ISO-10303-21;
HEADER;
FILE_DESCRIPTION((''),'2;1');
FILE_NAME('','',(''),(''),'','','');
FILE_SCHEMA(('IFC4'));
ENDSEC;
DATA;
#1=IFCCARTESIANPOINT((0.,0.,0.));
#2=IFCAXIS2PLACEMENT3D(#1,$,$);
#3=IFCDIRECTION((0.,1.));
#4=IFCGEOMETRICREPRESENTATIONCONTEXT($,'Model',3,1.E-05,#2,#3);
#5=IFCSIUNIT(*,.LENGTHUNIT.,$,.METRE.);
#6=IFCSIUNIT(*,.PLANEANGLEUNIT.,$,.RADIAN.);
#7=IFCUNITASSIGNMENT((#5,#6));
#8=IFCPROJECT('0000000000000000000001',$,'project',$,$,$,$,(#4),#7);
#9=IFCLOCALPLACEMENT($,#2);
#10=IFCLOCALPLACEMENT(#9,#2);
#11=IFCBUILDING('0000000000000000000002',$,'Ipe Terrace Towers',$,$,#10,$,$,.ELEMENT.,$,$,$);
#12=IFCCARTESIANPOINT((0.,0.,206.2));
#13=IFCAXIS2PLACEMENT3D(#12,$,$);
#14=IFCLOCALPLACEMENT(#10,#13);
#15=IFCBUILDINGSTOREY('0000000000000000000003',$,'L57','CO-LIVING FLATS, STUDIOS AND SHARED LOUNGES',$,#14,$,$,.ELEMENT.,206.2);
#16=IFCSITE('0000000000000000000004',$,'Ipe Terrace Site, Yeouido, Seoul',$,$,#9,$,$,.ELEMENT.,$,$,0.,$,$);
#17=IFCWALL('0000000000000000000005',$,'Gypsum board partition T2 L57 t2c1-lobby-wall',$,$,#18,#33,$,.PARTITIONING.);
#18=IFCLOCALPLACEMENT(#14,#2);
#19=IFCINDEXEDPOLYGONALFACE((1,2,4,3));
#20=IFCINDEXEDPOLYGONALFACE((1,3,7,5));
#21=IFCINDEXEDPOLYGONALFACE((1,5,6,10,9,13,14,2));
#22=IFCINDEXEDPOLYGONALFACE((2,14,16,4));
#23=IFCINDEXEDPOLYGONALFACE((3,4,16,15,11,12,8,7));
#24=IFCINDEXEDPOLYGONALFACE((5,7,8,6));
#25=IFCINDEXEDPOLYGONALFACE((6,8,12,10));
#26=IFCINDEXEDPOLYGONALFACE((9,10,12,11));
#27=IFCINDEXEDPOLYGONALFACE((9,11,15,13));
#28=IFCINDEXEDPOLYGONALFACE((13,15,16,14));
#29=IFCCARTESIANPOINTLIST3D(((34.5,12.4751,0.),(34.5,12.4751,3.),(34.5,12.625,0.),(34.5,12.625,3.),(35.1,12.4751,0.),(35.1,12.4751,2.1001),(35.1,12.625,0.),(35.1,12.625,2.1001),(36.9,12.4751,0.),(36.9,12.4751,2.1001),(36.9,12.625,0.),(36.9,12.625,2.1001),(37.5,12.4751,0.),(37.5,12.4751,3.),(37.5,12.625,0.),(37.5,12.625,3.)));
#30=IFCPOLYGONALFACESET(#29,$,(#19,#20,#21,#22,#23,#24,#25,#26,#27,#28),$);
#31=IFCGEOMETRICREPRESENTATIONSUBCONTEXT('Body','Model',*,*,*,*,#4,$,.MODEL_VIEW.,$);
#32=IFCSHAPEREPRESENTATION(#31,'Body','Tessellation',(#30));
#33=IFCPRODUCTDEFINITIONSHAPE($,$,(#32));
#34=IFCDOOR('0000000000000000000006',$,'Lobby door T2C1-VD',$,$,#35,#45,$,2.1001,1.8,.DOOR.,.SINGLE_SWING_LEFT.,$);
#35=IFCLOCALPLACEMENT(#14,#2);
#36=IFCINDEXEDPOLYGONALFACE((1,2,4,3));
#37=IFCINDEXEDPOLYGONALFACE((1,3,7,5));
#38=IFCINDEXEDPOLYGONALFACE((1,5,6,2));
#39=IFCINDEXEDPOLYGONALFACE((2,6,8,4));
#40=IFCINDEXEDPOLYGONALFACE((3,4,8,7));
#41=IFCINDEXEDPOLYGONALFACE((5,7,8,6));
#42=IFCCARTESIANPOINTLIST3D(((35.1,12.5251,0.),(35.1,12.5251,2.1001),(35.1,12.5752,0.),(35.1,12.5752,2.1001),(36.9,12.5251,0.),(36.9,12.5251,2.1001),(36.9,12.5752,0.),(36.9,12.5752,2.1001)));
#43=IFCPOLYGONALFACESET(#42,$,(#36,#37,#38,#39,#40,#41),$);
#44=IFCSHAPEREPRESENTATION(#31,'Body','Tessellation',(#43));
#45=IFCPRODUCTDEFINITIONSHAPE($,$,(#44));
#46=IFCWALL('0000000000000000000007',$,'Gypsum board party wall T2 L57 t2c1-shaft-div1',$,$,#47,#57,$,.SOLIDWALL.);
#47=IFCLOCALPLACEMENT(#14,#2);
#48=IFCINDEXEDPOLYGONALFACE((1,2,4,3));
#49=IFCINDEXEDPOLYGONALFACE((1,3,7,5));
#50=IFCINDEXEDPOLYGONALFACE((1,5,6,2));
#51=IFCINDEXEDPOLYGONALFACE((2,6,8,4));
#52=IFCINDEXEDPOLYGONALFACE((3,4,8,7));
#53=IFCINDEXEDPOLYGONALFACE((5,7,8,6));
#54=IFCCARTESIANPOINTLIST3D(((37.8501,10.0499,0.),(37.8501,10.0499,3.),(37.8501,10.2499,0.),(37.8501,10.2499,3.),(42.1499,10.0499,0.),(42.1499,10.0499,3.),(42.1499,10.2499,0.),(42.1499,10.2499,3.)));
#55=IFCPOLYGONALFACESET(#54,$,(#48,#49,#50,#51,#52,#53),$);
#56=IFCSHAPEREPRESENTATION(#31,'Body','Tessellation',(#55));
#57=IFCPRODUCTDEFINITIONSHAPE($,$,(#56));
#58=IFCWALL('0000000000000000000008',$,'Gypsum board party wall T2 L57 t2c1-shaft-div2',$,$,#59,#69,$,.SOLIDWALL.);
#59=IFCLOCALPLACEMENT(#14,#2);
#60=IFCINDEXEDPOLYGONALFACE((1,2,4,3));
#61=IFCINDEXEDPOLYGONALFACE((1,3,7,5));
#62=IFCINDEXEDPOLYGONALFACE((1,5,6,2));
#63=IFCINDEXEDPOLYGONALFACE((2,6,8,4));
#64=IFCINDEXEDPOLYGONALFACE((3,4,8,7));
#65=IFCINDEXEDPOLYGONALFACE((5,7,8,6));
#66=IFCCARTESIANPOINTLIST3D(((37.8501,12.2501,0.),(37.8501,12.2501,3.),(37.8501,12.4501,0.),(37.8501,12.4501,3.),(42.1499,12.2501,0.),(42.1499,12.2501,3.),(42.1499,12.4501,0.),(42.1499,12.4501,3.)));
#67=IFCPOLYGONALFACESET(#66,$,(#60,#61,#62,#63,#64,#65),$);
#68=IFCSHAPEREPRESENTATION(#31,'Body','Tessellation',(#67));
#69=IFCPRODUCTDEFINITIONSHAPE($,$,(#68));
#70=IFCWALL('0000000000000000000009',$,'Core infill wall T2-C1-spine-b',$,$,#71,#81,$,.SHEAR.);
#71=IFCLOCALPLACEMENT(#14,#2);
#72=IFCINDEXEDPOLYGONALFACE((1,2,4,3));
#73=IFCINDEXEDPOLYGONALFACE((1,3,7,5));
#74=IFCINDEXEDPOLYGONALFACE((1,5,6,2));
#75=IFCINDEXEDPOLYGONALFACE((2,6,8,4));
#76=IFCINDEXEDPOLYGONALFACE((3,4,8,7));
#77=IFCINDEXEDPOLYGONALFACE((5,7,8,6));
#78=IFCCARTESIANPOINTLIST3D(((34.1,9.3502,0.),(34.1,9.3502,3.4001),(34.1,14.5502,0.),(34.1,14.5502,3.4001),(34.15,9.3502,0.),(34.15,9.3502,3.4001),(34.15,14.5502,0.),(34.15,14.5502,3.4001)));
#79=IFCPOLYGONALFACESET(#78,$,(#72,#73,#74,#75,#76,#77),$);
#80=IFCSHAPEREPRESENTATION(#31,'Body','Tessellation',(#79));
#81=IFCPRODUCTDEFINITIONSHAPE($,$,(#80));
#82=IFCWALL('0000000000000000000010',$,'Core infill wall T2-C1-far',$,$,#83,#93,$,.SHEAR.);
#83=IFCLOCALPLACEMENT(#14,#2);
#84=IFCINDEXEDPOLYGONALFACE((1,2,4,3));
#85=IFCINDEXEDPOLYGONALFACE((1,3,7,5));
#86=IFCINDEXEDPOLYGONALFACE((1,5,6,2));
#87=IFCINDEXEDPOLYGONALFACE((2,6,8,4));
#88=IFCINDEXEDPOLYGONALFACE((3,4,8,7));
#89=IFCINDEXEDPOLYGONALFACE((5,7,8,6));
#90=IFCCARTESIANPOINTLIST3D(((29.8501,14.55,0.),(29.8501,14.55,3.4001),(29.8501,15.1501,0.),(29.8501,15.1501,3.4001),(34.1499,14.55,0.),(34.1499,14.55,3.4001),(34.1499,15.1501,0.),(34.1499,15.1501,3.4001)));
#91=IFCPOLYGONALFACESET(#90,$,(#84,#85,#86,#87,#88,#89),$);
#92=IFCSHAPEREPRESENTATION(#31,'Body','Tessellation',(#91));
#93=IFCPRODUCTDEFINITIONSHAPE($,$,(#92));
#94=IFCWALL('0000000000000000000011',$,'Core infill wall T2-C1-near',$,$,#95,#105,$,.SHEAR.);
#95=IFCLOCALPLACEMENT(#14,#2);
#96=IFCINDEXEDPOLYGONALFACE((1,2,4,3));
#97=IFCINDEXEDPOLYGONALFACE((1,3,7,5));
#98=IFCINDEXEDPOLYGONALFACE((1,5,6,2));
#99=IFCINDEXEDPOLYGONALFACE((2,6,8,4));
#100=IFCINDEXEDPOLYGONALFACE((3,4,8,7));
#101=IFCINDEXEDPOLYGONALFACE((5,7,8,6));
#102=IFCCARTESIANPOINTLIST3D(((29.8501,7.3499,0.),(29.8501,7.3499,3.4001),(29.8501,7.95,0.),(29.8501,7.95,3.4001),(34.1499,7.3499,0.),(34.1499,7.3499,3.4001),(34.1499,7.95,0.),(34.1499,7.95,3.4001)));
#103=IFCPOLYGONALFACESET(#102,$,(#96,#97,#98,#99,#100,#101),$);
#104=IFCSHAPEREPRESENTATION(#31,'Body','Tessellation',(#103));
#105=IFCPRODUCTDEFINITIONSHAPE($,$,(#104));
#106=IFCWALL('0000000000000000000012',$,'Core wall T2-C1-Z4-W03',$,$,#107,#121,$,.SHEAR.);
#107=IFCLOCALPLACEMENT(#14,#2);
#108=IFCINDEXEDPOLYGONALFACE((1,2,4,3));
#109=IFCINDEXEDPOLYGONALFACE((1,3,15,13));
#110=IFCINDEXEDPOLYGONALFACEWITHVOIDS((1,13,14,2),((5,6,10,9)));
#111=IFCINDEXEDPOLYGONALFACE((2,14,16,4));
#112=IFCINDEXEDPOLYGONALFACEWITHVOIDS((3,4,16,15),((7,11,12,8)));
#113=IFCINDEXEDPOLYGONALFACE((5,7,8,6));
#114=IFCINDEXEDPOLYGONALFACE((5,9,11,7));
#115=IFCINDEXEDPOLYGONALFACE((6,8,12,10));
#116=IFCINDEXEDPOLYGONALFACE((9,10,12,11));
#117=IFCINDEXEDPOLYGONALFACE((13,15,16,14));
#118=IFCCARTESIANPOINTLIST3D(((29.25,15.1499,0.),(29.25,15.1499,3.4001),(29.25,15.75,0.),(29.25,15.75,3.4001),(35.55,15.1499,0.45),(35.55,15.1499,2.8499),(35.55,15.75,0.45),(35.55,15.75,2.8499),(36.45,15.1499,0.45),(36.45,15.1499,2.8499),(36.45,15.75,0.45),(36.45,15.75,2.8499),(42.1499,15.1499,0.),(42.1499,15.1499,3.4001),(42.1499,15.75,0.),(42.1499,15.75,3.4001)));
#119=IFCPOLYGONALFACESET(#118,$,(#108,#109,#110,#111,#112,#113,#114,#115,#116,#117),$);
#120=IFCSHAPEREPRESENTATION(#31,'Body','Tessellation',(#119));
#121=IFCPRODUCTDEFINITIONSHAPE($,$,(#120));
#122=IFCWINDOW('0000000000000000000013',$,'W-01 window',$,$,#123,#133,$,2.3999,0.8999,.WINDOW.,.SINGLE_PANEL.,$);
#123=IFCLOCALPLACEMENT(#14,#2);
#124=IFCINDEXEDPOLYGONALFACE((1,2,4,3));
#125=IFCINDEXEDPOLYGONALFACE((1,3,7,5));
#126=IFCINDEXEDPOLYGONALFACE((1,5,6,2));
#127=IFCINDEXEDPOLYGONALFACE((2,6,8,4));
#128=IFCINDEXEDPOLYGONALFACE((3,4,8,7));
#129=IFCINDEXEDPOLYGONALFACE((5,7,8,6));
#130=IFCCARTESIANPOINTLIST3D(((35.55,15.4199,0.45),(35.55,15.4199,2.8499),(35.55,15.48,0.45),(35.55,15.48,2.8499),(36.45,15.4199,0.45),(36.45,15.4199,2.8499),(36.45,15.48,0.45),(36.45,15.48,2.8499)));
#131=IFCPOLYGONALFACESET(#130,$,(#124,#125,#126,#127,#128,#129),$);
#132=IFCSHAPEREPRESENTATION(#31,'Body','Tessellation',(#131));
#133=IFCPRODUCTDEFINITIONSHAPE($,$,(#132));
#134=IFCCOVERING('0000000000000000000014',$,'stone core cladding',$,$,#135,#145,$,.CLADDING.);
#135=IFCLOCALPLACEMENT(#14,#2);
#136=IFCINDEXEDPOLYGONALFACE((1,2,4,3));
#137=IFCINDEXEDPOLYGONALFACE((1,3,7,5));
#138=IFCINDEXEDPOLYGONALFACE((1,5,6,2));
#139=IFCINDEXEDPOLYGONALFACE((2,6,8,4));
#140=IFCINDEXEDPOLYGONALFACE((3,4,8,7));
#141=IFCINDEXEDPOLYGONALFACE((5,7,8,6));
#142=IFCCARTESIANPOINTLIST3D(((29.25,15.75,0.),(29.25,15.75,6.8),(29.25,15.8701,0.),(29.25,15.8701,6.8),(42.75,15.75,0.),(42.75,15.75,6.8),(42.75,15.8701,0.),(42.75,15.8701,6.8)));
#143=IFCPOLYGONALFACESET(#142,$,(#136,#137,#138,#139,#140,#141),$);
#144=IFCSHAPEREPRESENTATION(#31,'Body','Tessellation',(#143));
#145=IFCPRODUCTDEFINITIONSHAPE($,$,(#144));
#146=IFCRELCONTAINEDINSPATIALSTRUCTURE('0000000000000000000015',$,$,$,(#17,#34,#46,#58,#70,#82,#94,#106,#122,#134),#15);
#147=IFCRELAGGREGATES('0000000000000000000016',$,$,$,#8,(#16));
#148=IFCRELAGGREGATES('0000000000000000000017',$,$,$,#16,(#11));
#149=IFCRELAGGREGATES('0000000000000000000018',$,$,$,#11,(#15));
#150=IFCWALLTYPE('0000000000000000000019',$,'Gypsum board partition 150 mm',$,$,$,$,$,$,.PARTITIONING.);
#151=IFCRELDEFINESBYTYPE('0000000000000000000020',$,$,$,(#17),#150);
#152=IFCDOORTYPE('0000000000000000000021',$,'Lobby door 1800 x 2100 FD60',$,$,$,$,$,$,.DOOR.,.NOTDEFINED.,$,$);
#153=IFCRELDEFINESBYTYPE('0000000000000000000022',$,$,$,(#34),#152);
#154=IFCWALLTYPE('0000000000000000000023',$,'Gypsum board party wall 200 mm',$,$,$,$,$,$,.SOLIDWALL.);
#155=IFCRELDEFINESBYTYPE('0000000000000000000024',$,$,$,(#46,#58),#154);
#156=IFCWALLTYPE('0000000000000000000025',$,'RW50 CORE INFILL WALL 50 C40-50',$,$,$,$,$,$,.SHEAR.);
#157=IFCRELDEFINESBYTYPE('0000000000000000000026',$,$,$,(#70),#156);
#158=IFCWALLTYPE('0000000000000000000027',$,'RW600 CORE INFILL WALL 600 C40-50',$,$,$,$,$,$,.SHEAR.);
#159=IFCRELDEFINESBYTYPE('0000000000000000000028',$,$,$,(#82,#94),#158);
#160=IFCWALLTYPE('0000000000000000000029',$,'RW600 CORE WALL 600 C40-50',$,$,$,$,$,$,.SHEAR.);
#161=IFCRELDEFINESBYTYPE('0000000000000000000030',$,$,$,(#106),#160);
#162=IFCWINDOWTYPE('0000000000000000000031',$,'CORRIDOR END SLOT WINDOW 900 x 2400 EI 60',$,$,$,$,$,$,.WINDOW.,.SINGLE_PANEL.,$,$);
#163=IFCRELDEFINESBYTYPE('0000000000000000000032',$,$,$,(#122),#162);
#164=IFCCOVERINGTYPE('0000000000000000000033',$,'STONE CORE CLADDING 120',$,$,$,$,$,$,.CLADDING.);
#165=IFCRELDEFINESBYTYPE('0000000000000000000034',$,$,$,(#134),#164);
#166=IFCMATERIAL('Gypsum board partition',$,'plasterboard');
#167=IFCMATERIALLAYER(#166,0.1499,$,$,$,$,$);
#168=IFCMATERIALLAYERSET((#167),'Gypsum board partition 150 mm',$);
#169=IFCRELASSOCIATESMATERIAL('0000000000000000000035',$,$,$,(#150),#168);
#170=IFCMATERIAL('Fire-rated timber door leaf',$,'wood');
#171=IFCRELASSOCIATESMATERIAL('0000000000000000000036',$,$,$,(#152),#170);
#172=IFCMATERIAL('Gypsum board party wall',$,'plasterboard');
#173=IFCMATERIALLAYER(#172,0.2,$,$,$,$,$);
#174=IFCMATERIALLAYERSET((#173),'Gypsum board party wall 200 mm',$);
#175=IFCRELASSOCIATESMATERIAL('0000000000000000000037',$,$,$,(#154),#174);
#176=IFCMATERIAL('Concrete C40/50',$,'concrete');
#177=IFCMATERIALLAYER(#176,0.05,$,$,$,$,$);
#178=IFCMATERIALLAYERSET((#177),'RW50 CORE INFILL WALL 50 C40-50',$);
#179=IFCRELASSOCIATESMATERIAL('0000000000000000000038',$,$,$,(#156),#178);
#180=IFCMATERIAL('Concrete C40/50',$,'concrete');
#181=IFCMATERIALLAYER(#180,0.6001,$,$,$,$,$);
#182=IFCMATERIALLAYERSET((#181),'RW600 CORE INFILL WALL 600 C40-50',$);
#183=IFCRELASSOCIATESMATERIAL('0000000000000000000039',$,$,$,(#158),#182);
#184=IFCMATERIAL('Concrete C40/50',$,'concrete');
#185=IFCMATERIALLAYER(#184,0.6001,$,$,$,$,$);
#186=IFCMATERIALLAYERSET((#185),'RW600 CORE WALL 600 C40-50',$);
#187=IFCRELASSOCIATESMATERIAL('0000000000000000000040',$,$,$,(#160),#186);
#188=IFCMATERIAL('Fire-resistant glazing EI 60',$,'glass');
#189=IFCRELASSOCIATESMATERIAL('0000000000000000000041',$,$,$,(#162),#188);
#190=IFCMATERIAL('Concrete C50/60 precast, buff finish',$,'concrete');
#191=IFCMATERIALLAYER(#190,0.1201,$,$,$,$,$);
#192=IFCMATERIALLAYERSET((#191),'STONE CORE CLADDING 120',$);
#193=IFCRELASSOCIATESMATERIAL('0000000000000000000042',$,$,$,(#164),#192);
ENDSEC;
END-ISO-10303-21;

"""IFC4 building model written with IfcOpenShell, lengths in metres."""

from ifc_helpers import new_model, si_unit, direction, frame, frame_2d, origin, origin_2d, place, context, subcontext, project, spatial, rectangle, extrude, material, layer, layer_set, type_object, element, fill, save


model = new_model("IFC4")

# Units and contexts
model_context = context("Model", 3, precision=1e-05, world=origin(), true_north=direction((0.0, 1.0)))
body_context = subcontext(model_context, "Body", "Model", "MODEL_VIEW")
ifc_project = project(units=[si_unit("LENGTHUNIT", "METRE"), si_unit("PLANEANGLEUNIT", "RADIAN")], contexts=[model_context])

# Site, building, storey
site_placement = place(None, origin())
site = spatial("IfcSite", under=ifc_project, at=site_placement, Name="Ipe Terrace Site, Yeouido, Seoul", CompositionType="ELEMENT", RefElevation=0.0)
building_placement = place(site_placement, origin())
building = spatial("IfcBuilding", under=site, at=building_placement, Name="Ipe Terrace Towers", CompositionType="ELEMENT")
storey_placement = place(building_placement, frame((0.0, 0.0, 206.2)))
storey = spatial("IfcBuildingStorey", under=building, at=storey_placement, Name="L57", Description="CO-LIVING FLATS, STUDIOS AND SHARED LOUNGES", CompositionType="ELEMENT", Elevation=206.2)

# Wall, opening, door
ifc_material_1 = material(Name="Gypsum board partition", Category="plasterboard")
ifc_layer_1 = layer(ifc_material_1, 0.1499)
ifc_layer_set_1 = layer_set([ifc_layer_1], Name="Gypsum board partition 150 mm")
wall_type_1 = type_object("IfcWallType", Name="Gypsum board partition 150 mm", PredefinedType="PARTITIONING", material=ifc_layer_set_1)
wall_1_placement = place(storey_placement, frame((37.5, 12.55, 0.0), z_axis=(0.0, 0.0, 1.0), x_axis=(-1.0, 0.0, 0.0)))
wall_1 = element("IfcWall", 1, at=wall_1_placement, inside=storey, type_object=wall_type_1, Name="Gypsum board partition T2 L57 t2c1-lobby-wall", PredefinedType="PARTITIONING", context=body_context, shape_type="SweptSolid", body=[
    extrude(rectangle(XDim=3.0, YDim=0.1499, at=frame_2d((1.5, 0.0))), origin(), (0.0, 0.0, 1.0), 3.0),
])
opening_1_placement = place(wall_1_placement, frame((0.6001, 0.0, 0.0)))
opening_1 = element("IfcOpeningElement", 2, at=opening_1_placement, cuts=wall_1, PredefinedType="OPENING", context=body_context, shape_type="SweptSolid", body=[
    extrude(rectangle(XDim=1.8, YDim=2.1001, at=frame_2d((0.8999, 1.05))), frame((0.0, 0.085, 0.0), z_axis=(0.0, -1.0, 0.0), x_axis=(1.0, 0.0, 0.0)), (0.0, 0.0, 1.0), 0.1699),
])
ifc_material_2 = material(Name="Fire-rated timber door leaf", Category="wood")
door_type = type_object("IfcDoorType", Name="Lobby door 1800 x 2100 FD60", OperationType="NOTDEFINED", PredefinedType="DOOR", material=ifc_material_2)
door_placement = place(opening_1_placement, origin())
door = element("IfcDoor", 3, at=door_placement, inside=storey, type_object=door_type, Name="Lobby door T2C1-VD", OperationType="SINGLE_SWING_LEFT", OverallHeight=2.1001, OverallWidth=1.8, PredefinedType="DOOR", context=body_context, shape_type="SweptSolid", body=[
    extrude(rectangle(XDim=1.8, YDim=2.1001, at=frame_2d((0.8999, 1.05))), frame((0.0, 0.0249, 0.0), z_axis=(0.0, -1.0, 0.0), x_axis=(1.0, 0.0, 0.0)), (0.0, 0.0, 1.0), 0.05),
])
fill(opening_1, door)

# Walls
ifc_material_3 = material(Name="Gypsum board party wall", Category="plasterboard")
ifc_layer_2 = layer(ifc_material_3, 0.2)
ifc_layer_set_2 = layer_set([ifc_layer_2], Name="Gypsum board party wall 200 mm")
wall_type_2 = type_object("IfcWallType", Name="Gypsum board party wall 200 mm", PredefinedType="SOLIDWALL", material=ifc_layer_set_2)
for number, where, z_axis, x_axis, name in (
    (4, (42.1499, 10.1499, 0.0), (0.0, 0.0, 1.0), (-1.0, 0.0, 0.0), "Gypsum board party wall T2 L57 t2c1-shaft-div1"),
    (5, (42.1499, 12.3501, 0.0), (0.0, 0.0, 1.0), (-1.0, 0.0, 0.0), "Gypsum board party wall T2 L57 t2c1-shaft-div2"),
):
    element("IfcWall", number, at=place(storey_placement, frame(where, z_axis=z_axis, x_axis=x_axis)), inside=storey, type_object=wall_type_2, Name=name, PredefinedType="SOLIDWALL", context=body_context, shape_type="SweptSolid", body=[
        extrude(rectangle(XDim=4.2998, YDim=0.2, at=frame_2d((2.1499, 0.0))), origin(), (0.0, 0.0, 1.0), 3.0),
    ])
ifc_material_4 = material(Name="Concrete C40/50", Category="concrete")
ifc_layer_3 = layer(ifc_material_4, 0.05)
ifc_layer_set_3 = layer_set([ifc_layer_3], Name="RW50 CORE INFILL WALL 50 C40-50")
wall_type_3 = type_object("IfcWallType", Name="RW50 CORE INFILL WALL 50 C40-50", PredefinedType="SHEAR", material=ifc_layer_set_3)
wall_2_placement = place(storey_placement, frame((34.125, 9.3501, 0.0), z_axis=(0.0, 0.0, 1.0), x_axis=(0.0, 1.0, 0.0)))
element("IfcWall", 6, at=wall_2_placement, inside=storey, type_object=wall_type_3, Name="Core infill wall T2-C1-spine-b", PredefinedType="SHEAR", context=body_context, shape_type="SweptSolid", body=[
    extrude(rectangle(XDim=5.2, YDim=0.05, at=frame_2d((2.6001, 0.0))), origin(), (0.0, 0.0, 1.0), 3.4001),
])
ifc_material_5 = material(Name="Concrete C40/50", Category="concrete")
ifc_layer_4 = layer(ifc_material_5, 0.6001)
ifc_layer_set_4 = layer_set([ifc_layer_4], Name="RW600 CORE INFILL WALL 600 C40-50")
wall_type_4 = type_object("IfcWallType", Name="RW600 CORE INFILL WALL 600 C40-50", PredefinedType="SHEAR", material=ifc_layer_set_4)
for number, where, z_axis, x_axis, name in (
    (7, (34.1499, 14.8501, 0.0), (0.0, 0.0, 1.0), (-1.0, 0.0, 0.0), "Core infill wall T2-C1-far"),
    (8, (34.1499, 7.6499, 0.0), (0.0, 0.0, 1.0), (-1.0, 0.0, 0.0), "Core infill wall T2-C1-near"),
):
    element("IfcWall", number, at=place(storey_placement, frame(where, z_axis=z_axis, x_axis=x_axis)), inside=storey, type_object=wall_type_4, Name=name, PredefinedType="SHEAR", context=body_context, shape_type="SweptSolid", body=[
        extrude(rectangle(XDim=4.2998, YDim=0.6001, at=frame_2d((2.1499, 0.0))), origin(), (0.0, 0.0, 1.0), 3.4001),
    ])

# Wall, opening, window
ifc_material_6 = material(Name="Concrete C40/50", Category="concrete")
ifc_layer_5 = layer(ifc_material_6, 0.6001)
ifc_layer_set_5 = layer_set([ifc_layer_5], Name="RW600 CORE WALL 600 C40-50")
wall_type_5 = type_object("IfcWallType", Name="RW600 CORE WALL 600 C40-50", PredefinedType="SHEAR", material=ifc_layer_set_5)
wall_3_placement = place(storey_placement, frame((42.1499, 15.45, 0.0), z_axis=(0.0, 0.0, 1.0), x_axis=(-1.0, 0.0, 0.0)))
wall_3 = element("IfcWall", 9, at=wall_3_placement, inside=storey, type_object=wall_type_5, Name="Core wall T2-C1-Z4-W03", PredefinedType="SHEAR", context=body_context, shape_type="SweptSolid", body=[
    extrude(rectangle(XDim=12.8999, YDim=0.6001, at=frame_2d((6.45, 0.0))), origin(), (0.0, 0.0, 1.0), 3.4001),
])
opening_2_placement = place(wall_3_placement, frame((5.7, 0.0, 0.45)))
opening_2 = element("IfcOpeningElement", 10, at=opening_2_placement, cuts=wall_3, PredefinedType="OPENING", context=body_context, shape_type="SweptSolid", body=[
    extrude(rectangle(XDim=0.8999, YDim=2.3999, at=frame_2d((0.45, 1.2))), frame((0.0, 0.3101, 0.0), z_axis=(0.0, -1.0, 0.0), x_axis=(1.0, 0.0, 0.0)), (0.0, 0.0, 1.0), 0.6201),
])
ifc_material_7 = material(Name="Fire-resistant glazing EI 60", Category="glass")
window_type = type_object("IfcWindowType", Name="CORRIDOR END SLOT WINDOW 900 x 2400 EI 60", PartitioningType="SINGLE_PANEL", PredefinedType="WINDOW", material=ifc_material_7)
window_placement = place(opening_2_placement, origin())
window = element("IfcWindow", 11, at=window_placement, inside=storey, type_object=window_type, Name="W-01 window", OverallHeight=2.3999, OverallWidth=0.8999, PartitioningType="SINGLE_PANEL", PredefinedType="WINDOW", context=body_context, shape_type="SweptSolid", body=[
    extrude(rectangle(XDim=0.8999, YDim=2.3999, at=frame_2d((0.45, 1.2))), frame((0.0, 0.03, 0.0), z_axis=(0.0, -1.0, 0.0), x_axis=(1.0, 0.0, 0.0)), (0.0, 0.0, 1.0), 0.0601),
])
fill(opening_2, window)

# Covering
ifc_material_8 = material(Name="Concrete C50/60 precast, buff finish", Category="concrete")
ifc_layer_6 = layer(ifc_material_8, 0.1201)
ifc_layer_set_6 = layer_set([ifc_layer_6], Name="STONE CORE CLADDING 120")
covering_type = type_object("IfcCoveringType", Name="STONE CORE CLADDING 120", PredefinedType="CLADDING", material=ifc_layer_set_6)
covering_placement = place(storey_placement, frame((36.0, 15.8101, 0.0), z_axis=(0.0, 0.0, 1.0), x_axis=(-1.0, 0.0, 0.0)))
element("IfcCovering", 12, at=covering_placement, inside=storey, type_object=covering_type, Name="stone core cladding", PredefinedType="CLADDING", context=body_context, shape_type="SweptSolid", body=[
    extrude(rectangle(XDim=13.5, YDim=0.1201, at=origin_2d()), origin(), (0.0, 0.0, 1.0), 6.8),
])

save(model, "model.ifc")
